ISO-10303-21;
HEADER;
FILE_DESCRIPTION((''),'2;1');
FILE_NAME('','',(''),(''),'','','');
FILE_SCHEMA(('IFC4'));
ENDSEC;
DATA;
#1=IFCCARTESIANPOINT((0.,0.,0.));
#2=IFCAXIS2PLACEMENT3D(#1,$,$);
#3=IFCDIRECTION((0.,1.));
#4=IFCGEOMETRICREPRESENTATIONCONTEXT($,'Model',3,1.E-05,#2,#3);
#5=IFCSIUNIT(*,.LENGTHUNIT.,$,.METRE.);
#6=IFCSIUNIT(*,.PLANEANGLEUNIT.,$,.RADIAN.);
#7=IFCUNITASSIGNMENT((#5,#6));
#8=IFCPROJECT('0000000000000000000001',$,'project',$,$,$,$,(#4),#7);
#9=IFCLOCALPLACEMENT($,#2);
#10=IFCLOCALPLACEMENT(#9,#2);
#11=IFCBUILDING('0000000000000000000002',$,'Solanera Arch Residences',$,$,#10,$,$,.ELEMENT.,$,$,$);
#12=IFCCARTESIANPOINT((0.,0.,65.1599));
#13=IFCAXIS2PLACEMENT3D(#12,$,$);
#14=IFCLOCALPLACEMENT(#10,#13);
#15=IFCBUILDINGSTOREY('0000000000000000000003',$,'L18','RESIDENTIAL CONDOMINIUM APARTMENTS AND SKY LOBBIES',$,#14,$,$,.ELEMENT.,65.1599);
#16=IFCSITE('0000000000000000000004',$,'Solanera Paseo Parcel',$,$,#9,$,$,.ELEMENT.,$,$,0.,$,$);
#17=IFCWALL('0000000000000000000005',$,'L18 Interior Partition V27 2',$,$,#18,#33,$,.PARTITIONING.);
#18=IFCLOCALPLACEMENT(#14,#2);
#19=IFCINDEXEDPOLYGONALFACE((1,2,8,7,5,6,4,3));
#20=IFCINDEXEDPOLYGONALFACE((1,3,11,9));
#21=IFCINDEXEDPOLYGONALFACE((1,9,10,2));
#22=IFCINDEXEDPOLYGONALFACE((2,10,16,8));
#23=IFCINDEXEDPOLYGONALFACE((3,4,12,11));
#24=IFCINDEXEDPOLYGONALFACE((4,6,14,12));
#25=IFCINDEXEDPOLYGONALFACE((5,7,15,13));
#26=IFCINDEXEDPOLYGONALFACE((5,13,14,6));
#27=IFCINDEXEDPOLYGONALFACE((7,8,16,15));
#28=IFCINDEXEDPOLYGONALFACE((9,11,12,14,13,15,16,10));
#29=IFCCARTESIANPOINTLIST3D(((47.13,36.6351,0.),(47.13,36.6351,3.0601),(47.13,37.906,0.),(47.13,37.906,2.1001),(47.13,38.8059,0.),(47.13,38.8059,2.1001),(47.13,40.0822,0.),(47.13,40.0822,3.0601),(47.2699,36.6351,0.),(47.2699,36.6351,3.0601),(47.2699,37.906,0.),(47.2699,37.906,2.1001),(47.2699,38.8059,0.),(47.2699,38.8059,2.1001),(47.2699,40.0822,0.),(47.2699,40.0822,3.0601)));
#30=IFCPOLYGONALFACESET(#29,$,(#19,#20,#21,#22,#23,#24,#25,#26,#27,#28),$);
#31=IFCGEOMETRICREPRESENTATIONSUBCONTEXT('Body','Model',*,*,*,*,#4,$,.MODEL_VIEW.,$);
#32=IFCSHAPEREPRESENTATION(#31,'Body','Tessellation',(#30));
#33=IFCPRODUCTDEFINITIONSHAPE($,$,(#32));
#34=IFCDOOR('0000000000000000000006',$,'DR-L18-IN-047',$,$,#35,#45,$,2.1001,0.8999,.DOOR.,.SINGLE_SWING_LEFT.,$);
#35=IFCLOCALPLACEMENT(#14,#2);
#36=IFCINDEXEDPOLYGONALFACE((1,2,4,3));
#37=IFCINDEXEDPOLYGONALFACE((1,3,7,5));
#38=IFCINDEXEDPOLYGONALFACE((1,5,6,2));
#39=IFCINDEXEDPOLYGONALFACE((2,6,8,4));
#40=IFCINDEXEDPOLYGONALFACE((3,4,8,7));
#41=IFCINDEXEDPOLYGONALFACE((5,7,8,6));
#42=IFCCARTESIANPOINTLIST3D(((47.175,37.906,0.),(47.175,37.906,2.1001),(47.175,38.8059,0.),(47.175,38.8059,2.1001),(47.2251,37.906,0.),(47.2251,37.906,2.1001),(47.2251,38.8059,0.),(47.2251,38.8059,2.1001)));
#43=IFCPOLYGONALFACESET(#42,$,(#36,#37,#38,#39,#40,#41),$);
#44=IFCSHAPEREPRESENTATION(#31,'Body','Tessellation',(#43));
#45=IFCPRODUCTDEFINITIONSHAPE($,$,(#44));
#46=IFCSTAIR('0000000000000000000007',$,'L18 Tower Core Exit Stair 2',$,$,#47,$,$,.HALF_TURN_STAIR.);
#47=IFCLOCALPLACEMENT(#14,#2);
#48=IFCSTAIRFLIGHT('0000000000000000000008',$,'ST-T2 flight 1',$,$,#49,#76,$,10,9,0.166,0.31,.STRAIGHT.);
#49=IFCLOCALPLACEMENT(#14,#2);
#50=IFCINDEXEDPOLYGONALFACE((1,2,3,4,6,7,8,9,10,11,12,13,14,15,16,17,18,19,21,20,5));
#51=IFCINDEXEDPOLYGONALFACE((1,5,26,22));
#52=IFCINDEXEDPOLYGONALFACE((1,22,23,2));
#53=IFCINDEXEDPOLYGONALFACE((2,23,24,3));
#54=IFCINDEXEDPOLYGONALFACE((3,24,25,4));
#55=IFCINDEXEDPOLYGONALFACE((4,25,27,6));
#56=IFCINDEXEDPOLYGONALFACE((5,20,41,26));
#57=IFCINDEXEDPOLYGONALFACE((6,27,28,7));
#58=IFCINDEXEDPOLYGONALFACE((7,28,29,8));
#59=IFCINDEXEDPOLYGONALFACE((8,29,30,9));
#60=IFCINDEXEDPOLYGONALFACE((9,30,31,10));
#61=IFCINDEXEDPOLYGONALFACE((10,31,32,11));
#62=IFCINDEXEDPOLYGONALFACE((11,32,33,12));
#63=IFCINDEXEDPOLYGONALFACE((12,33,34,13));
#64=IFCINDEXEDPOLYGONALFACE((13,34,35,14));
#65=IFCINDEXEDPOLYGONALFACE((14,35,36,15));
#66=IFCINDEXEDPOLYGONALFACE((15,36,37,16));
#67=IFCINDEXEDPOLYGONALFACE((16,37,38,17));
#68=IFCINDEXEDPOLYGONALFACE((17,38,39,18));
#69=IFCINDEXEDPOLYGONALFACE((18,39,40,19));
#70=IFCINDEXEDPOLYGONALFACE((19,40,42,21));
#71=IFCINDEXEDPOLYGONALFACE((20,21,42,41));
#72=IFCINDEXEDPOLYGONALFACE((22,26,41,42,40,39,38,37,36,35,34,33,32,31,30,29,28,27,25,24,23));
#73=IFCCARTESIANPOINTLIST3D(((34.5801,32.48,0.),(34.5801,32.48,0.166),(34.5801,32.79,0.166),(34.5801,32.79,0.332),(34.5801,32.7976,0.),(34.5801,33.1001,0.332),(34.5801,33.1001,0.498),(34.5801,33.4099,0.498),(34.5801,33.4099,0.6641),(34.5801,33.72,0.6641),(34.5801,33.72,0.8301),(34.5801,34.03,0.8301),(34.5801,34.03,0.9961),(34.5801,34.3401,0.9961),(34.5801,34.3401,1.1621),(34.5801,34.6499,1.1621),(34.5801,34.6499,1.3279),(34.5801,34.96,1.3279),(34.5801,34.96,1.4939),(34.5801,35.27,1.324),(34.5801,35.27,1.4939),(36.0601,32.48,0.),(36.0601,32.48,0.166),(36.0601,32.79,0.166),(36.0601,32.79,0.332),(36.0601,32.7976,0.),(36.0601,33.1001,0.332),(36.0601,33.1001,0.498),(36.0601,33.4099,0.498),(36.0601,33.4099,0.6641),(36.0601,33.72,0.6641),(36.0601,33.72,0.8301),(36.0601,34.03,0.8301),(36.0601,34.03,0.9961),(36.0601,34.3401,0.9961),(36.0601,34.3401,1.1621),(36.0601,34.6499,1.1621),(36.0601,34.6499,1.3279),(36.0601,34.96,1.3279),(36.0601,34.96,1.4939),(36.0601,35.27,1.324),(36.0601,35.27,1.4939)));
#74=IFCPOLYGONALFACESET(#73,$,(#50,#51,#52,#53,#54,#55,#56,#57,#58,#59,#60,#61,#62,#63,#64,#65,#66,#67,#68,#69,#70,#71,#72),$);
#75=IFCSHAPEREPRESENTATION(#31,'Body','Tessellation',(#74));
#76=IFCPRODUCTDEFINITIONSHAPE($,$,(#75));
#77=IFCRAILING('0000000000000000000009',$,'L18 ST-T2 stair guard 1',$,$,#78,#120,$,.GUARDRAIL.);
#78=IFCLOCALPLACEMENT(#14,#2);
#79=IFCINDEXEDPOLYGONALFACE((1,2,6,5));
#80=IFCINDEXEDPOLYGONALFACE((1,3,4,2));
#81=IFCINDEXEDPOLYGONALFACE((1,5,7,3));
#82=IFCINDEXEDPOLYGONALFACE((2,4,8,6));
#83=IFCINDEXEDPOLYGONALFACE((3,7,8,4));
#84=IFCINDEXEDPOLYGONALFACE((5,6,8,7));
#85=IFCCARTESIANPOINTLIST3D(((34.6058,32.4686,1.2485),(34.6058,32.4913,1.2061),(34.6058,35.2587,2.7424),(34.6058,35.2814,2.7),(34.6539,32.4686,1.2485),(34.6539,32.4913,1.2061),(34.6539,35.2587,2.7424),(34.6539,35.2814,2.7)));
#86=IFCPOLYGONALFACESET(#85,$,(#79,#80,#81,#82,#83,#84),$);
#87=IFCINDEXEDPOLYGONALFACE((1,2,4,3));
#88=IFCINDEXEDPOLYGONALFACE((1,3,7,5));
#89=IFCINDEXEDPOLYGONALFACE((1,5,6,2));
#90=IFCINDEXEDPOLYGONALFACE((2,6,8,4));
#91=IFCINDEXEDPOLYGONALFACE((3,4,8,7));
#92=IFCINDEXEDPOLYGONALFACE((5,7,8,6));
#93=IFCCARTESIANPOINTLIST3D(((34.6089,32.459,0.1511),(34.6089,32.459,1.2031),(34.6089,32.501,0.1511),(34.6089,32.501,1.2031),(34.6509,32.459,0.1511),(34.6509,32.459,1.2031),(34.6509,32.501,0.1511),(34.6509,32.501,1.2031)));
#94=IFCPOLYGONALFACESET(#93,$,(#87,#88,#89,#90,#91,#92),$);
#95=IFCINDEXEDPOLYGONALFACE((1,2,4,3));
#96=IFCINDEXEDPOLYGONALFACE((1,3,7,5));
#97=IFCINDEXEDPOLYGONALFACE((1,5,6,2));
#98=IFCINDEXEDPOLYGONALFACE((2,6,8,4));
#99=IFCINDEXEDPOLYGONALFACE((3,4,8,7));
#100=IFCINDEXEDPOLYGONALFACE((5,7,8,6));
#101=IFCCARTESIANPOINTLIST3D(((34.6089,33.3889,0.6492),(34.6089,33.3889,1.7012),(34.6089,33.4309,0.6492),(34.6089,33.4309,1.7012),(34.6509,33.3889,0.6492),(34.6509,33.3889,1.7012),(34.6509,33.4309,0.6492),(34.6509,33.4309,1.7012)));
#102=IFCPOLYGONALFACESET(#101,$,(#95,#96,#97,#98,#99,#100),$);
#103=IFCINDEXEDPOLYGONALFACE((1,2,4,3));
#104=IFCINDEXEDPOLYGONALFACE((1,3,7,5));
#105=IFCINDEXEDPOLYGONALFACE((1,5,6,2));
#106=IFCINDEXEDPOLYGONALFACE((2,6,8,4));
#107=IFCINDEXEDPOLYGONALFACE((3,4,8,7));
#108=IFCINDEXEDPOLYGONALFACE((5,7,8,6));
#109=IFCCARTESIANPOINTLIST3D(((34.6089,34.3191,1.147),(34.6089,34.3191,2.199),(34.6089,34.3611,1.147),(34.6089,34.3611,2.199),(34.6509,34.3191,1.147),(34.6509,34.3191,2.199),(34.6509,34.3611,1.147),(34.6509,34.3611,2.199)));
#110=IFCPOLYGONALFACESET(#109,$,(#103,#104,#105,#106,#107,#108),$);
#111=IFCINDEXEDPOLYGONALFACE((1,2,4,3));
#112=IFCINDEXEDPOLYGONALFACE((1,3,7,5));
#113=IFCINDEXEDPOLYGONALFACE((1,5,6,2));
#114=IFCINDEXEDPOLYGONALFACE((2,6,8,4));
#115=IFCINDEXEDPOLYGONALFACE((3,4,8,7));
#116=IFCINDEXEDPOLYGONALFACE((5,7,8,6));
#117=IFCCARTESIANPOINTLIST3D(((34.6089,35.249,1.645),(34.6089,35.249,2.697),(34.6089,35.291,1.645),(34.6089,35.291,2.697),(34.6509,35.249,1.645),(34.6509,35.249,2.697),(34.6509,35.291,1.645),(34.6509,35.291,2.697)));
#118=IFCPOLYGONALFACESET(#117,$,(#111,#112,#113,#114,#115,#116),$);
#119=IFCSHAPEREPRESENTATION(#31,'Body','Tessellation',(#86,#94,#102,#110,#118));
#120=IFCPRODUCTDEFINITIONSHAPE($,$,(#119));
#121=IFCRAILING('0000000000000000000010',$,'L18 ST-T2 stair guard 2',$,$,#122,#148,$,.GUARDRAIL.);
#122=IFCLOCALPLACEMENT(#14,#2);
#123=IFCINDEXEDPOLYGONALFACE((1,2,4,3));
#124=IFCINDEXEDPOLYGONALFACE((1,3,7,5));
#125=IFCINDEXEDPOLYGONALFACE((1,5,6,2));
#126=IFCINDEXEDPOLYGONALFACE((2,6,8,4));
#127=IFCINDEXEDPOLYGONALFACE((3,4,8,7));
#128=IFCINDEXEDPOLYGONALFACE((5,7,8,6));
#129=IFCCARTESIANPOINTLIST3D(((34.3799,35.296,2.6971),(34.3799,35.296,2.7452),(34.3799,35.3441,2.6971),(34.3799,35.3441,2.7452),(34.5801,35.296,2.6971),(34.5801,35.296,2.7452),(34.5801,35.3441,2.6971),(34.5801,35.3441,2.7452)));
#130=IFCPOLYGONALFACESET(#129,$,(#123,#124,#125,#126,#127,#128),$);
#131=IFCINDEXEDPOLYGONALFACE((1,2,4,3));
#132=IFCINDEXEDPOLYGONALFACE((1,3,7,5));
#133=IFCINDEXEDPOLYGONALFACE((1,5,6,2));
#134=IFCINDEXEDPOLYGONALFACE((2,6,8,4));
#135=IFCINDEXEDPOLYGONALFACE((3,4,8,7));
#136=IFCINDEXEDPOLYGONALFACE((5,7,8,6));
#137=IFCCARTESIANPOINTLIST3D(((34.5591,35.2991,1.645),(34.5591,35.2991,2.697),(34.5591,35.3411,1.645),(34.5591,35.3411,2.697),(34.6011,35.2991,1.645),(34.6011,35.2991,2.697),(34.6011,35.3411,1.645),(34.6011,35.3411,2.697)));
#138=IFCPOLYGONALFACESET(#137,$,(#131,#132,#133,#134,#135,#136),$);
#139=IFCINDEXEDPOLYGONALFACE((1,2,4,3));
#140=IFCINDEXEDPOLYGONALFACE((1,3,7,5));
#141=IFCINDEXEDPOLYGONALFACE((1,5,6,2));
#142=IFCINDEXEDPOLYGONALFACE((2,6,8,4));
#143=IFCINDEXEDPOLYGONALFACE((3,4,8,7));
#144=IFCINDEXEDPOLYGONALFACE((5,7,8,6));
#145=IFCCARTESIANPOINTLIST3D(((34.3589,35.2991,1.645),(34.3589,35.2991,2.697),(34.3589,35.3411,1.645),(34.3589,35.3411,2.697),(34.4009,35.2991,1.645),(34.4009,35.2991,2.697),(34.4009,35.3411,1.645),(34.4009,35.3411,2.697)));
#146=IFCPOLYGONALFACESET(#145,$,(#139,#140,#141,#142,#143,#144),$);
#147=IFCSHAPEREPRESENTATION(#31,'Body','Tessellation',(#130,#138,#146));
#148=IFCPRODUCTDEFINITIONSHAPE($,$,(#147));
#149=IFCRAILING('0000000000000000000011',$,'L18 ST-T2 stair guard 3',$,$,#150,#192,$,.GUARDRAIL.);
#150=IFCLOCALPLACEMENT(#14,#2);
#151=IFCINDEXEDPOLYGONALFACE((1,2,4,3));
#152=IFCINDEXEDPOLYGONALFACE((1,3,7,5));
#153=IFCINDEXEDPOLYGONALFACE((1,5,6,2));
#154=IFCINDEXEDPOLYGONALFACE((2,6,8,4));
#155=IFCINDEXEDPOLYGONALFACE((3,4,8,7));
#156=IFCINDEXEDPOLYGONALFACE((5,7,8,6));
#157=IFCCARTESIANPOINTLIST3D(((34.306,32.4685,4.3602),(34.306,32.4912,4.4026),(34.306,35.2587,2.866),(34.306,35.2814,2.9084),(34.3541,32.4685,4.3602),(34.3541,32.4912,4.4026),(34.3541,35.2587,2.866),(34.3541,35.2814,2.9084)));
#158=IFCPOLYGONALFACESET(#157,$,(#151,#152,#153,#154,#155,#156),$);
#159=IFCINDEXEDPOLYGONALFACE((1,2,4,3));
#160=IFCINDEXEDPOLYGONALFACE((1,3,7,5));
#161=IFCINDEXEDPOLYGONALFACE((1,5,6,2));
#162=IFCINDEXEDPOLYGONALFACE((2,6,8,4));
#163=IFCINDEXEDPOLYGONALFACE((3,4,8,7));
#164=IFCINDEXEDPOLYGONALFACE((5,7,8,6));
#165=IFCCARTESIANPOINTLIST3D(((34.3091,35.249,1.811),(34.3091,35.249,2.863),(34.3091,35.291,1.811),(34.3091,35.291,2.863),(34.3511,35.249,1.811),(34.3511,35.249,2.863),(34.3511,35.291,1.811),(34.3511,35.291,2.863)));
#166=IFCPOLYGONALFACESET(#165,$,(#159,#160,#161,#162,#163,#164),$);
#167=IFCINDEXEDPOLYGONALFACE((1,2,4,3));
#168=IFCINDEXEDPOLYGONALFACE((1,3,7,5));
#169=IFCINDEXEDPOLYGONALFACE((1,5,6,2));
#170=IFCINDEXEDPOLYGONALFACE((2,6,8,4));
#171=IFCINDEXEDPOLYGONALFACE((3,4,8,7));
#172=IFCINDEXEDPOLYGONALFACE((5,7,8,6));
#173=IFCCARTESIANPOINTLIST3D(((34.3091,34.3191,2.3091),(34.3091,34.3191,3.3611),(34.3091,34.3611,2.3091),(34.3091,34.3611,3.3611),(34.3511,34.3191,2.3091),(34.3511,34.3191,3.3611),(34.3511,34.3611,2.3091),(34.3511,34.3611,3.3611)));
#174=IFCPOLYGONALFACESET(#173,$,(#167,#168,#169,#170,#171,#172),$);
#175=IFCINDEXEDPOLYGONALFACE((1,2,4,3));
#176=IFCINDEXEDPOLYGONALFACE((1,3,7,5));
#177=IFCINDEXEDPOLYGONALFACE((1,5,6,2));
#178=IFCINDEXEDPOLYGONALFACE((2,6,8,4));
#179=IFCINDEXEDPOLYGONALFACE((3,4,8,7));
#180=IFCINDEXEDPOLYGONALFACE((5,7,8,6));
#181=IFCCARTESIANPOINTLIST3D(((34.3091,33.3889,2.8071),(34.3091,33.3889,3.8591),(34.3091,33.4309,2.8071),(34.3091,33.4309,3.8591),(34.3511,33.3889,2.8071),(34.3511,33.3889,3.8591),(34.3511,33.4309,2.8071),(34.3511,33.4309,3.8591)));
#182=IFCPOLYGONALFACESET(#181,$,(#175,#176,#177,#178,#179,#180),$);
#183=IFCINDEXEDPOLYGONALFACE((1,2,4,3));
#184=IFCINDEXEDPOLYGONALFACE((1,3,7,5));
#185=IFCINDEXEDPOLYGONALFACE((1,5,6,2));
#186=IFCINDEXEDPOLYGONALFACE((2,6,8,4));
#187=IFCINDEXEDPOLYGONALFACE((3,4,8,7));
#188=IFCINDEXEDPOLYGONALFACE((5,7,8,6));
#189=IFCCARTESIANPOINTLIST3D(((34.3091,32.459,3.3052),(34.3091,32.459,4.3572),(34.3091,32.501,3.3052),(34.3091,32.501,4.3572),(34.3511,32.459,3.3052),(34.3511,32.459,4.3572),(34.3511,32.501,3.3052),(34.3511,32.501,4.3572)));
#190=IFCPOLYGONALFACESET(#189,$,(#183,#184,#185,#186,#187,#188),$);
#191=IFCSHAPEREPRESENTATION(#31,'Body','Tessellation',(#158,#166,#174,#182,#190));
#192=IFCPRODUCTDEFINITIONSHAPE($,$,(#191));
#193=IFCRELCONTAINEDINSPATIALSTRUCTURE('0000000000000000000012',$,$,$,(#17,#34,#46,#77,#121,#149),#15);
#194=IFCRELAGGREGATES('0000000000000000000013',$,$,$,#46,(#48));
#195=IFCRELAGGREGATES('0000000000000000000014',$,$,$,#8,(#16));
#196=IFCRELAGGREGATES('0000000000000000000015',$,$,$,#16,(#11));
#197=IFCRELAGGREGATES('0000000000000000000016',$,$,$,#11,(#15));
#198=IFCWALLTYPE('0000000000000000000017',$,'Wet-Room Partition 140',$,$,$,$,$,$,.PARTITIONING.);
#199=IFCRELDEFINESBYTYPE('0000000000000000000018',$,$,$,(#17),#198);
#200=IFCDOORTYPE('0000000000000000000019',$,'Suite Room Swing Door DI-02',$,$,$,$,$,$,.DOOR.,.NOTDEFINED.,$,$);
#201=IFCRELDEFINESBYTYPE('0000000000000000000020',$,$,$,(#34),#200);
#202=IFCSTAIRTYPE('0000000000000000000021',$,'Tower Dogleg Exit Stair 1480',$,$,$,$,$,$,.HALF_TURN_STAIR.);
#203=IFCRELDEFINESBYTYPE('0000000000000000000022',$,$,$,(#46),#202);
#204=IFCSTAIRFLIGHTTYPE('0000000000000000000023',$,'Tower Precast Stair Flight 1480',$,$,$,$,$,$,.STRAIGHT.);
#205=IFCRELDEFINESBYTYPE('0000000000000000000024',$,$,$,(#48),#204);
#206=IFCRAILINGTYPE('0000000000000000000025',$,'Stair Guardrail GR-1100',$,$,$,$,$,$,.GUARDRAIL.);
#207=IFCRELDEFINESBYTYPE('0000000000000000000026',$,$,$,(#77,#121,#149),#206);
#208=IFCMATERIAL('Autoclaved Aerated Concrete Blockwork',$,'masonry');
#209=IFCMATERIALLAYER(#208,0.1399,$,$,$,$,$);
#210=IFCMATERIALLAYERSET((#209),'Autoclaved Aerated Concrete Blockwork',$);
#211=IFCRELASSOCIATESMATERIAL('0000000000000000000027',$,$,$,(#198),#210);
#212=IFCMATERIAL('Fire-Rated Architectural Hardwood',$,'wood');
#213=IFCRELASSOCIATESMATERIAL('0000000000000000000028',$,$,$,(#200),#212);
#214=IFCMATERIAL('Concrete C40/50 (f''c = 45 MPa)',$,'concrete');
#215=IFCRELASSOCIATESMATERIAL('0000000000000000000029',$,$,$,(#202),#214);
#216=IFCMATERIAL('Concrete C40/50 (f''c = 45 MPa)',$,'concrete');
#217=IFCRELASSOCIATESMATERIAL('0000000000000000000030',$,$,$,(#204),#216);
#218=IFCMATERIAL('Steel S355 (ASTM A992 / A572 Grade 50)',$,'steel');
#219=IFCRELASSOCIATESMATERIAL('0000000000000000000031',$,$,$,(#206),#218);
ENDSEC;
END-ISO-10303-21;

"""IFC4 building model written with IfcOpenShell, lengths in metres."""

from ifc_helpers import new_model, si_unit, direction, frame, frame_2d, origin, origin_2d, place, context, subcontext, project, spatial, polyline, rectangle, outline, extrude, material, layer, layer_set, type_object, element, fill, aggregate, save


model = new_model("IFC4")

# Units and contexts
model_context = context("Model", 3, precision=1e-05, world=origin(), true_north=direction((0.0, 1.0)))
body_context = subcontext(model_context, "Body", "Model", "MODEL_VIEW")
ifc_project = project(units=[si_unit("LENGTHUNIT", "METRE"), si_unit("PLANEANGLEUNIT", "RADIAN")], contexts=[model_context])

# Site, building, storey
site_placement = place(None, origin())
site = spatial("IfcSite", under=ifc_project, at=site_placement, Name="Solanera Paseo Parcel", CompositionType="ELEMENT", RefElevation=0.0)
building_placement = place(site_placement, origin())
building = spatial("IfcBuilding", under=site, at=building_placement, Name="Solanera Arch Residences", CompositionType="ELEMENT")
storey_placement = place(building_placement, frame((0.0, 0.0, 65.1599)))
storey = spatial("IfcBuildingStorey", under=building, at=storey_placement, Name="L18", Description="RESIDENTIAL CONDOMINIUM APARTMENTS AND SKY LOBBIES", CompositionType="ELEMENT", Elevation=65.1599)

# Shared definitions
ifc_material_1 = material(Name="Autoclaved Aerated Concrete Blockwork", Category="masonry")
ifc_layer_1 = layer(ifc_material_1, 0.1399)
ifc_layer_set_1 = layer_set([ifc_layer_1], Name="Autoclaved Aerated Concrete Blockwork")
wall_type_1 = type_object("IfcWallType", Name="Wet-Room Partition 140", PredefinedType="PARTITIONING", material=ifc_layer_set_1)

# Wall, opening, door
wall_1_placement = place(storey_placement, frame((47.2, 36.635, 0.0), z_axis=(0.0, 0.0, 1.0), x_axis=(0.0, 1.0, 0.0)))
wall_1 = element("IfcWall", 1, at=wall_1_placement, inside=storey, type_object=wall_type_1, Name="L18 Interior Partition V27 2", PredefinedType="PARTITIONING", context=body_context, shape_type="SweptSolid", body=[
    extrude(rectangle(XDim=3.447, YDim=0.1399, at=frame_2d((1.7236, 0.0))), origin(), (0.0, 0.0, 1.0), 3.0601),
])
opening_1_placement = place(wall_1_placement, frame((1.271, 0.0, 0.0)))
opening_1 = element("IfcOpeningElement", 2, at=opening_1_placement, cuts=wall_1, PredefinedType="OPENING", context=body_context, shape_type="SweptSolid", body=[
    extrude(rectangle(XDim=0.8999, YDim=2.1001, at=frame_2d((0.45, 1.05))), frame((0.0, 0.0798, 0.0), z_axis=(0.0, -1.0, 0.0), x_axis=(1.0, 0.0, 0.0)), (0.0, 0.0, 1.0), 0.1599),
])
ifc_material_2 = material(Name="Fire-Rated Architectural Hardwood", Category="wood")
door_type_1 = type_object("IfcDoorType", Name="Suite Room Swing Door DI-02", OperationType="NOTDEFINED", PredefinedType="DOOR", material=ifc_material_2)
door_1_placement = place(opening_1_placement, origin())
door_1 = element("IfcDoor", 3, at=door_1_placement, inside=storey, type_object=door_type_1, Name="DR-L18-IN-047", OperationType="SINGLE_SWING_LEFT", OverallHeight=2.1001, OverallWidth=0.8999, PredefinedType="DOOR", context=body_context, shape_type="SweptSolid", body=[
    extrude(rectangle(XDim=0.8999, YDim=2.1001, at=frame_2d((0.45, 1.05))), frame((0.0, 0.0249, 0.0), z_axis=(0.0, -1.0, 0.0), x_axis=(1.0, 0.0, 0.0)), (0.0, 0.0, 1.0), 0.05),
])
fill(opening_1, door_1)

# Stair, stair flight
ifc_material_3 = material(Name="Concrete C40/50 (f'c = 45 MPa)", Category="concrete")
stair_type = type_object("IfcStairType", Name="Tower Dogleg Exit Stair 1480", PredefinedType="HALF_TURN_STAIR", material=ifc_material_3)
stair_placement = place(storey_placement, origin())
stair = element("IfcStair", 4, at=stair_placement, inside=storey, type_object=stair_type, Name="L18 Tower Core Exit Stair 2", PredefinedType="HALF_TURN_STAIR")
ifc_material_4 = material(Name="Concrete C40/50 (f'c = 45 MPa)", Category="concrete")
stair_flight_type = type_object("IfcStairFlightType", Name="Tower Precast Stair Flight 1480", PredefinedType="STRAIGHT", material=ifc_material_4)
stair_flight_placement = place(storey_placement, frame((35.3201, 32.48, 0.0), z_axis=(0.0, 0.0, 1.0), x_axis=(0.0, 1.0, 0.0)))
stair_flight = element("IfcStairFlight", 5, at=stair_flight_placement, type_object=stair_flight_type, Name="ST-T2 flight 1", NumberOfRisers=10, NumberOfTreads=9, PredefinedType="STRAIGHT", RiserHeight=0.166, TreadLength=0.31, context=body_context, shape_type="SweptSolid", body=[
    extrude(outline(polyline([(0.0, 0.0), (0.0, 0.166), (0.3101, 0.166), (0.3101, 0.332), (0.6201, 0.332), (0.6201, 0.498), (0.9299, 0.498), (0.9299, 0.6641), (1.24, 0.6641), (1.24, 0.8301), (1.55, 0.8301), (1.55, 0.9961), (1.8601, 0.9961), (1.8601, 1.1621), (2.1699, 1.1621), (2.1699, 1.3279), (2.48, 1.3279), (2.48, 1.4939), (2.79, 1.4939), (2.79, 1.6599), (2.79, 1.324), (0.3176, 0.0), (0.0, 0.0)])), frame((0.0, 0.74, 0.0), z_axis=(0.0, -1.0, 0.0), x_axis=(1.0, 0.0, 0.0)), (0.0, 0.0, 1.0), 1.48),
])
aggregate(stair, [stair_flight])

# Railings
ifc_material_5 = material(Name="Steel S355 (ASTM A992 / A572 Grade 50)", Category="steel")
railing_type_1 = type_object("IfcRailingType", Name="Stair Guardrail GR-1100", PredefinedType="GUARDRAIL", material=ifc_material_5)
railing_1_placement = place(storey_placement, frame((34.6299, 32.48, 0.1511)))
element("IfcRailing", 6, at=railing_1_placement, inside=storey, type_object=railing_type_1, Name="L18 ST-T2 stair guard 1", PredefinedType="GUARDRAIL", context=body_context, shape_type="SweptSolid", body=[
    extrude(rectangle(XDim=0.0481, YDim=0.0481, at=origin_2d()), frame((0.0, 0.0, 1.0762), z_axis=(0.0, 0.881581, 0.472033), x_axis=(-1.0, 0.0, 0.0)), (0.0, 0.0, 1.0), 3.1648),
    extrude(rectangle(XDim=0.042, YDim=0.042, at=origin_2d()), origin(), (0.0, 0.0, 1.0), 1.052),
    extrude(rectangle(XDim=0.042, YDim=0.042, at=origin_2d()), frame((0.0, 0.9299, 0.498)), (0.0, 0.0, 1.0), 1.052),
    extrude(rectangle(XDim=0.042, YDim=0.042, at=origin_2d()), frame((0.0, 1.8601, 0.9958)), (0.0, 0.0, 1.0), 1.052),
    extrude(rectangle(XDim=0.042, YDim=0.042, at=origin_2d()), frame((0.0, 2.79, 1.4939)), (0.0, 0.0, 1.0), 1.052),
])
railing_2_placement = place(storey_placement, frame((34.5801, 35.3201, 1.645)))
element("IfcRailing", 7, at=railing_2_placement, inside=storey, type_object=railing_type_1, Name="L18 ST-T2 stair guard 2", PredefinedType="GUARDRAIL", context=body_context, shape_type="SweptSolid", body=[
    extrude(rectangle(XDim=0.0481, YDim=0.0481, at=origin_2d()), frame((0.0, 0.0, 1.0762), z_axis=(-1.0, 0.0, 0.0), x_axis=(0.0, -1.0, 0.0)), (0.0, 0.0, 1.0), 0.2002),
    extrude(rectangle(XDim=0.042, YDim=0.042, at=origin_2d()), origin(), (0.0, 0.0, 1.0), 1.052),
    extrude(rectangle(XDim=0.042, YDim=0.042, at=origin_2d()), frame((-0.2002, 0.0, 0.0)), (0.0, 0.0, 1.0), 1.052),
])
railing_3_placement = place(storey_placement, frame((34.3301, 35.27, 1.811)))
element("IfcRailing", 8, at=railing_3_placement, inside=storey, type_object=railing_type_1, Name="L18 ST-T2 stair guard 3", PredefinedType="GUARDRAIL", context=body_context, shape_type="SweptSolid", body=[
    extrude(rectangle(XDim=0.0481, YDim=0.0481, at=origin_2d()), frame((0.0, 0.0, 1.0762), z_axis=(0.0, -0.881549, 0.472093), x_axis=(1.0, 0.0, 0.0)), (0.0, 0.0, 1.0), 3.165),
    extrude(rectangle(XDim=0.042, YDim=0.042, at=origin_2d()), origin(), (0.0, 0.0, 1.0), 1.052),
    extrude(rectangle(XDim=0.042, YDim=0.042, at=origin_2d()), frame((0.0, -0.9299, 0.498)), (0.0, 0.0, 1.0), 1.052),
    extrude(rectangle(XDim=0.042, YDim=0.042, at=origin_2d()), frame((0.0, -1.8601, 0.9961)), (0.0, 0.0, 1.0), 1.052),
    extrude(rectangle(XDim=0.042, YDim=0.042, at=origin_2d()), frame((0.0, -2.79, 1.4941)), (0.0, 0.0, 1.0), 1.052),
])

save(model, "model.ifc")
